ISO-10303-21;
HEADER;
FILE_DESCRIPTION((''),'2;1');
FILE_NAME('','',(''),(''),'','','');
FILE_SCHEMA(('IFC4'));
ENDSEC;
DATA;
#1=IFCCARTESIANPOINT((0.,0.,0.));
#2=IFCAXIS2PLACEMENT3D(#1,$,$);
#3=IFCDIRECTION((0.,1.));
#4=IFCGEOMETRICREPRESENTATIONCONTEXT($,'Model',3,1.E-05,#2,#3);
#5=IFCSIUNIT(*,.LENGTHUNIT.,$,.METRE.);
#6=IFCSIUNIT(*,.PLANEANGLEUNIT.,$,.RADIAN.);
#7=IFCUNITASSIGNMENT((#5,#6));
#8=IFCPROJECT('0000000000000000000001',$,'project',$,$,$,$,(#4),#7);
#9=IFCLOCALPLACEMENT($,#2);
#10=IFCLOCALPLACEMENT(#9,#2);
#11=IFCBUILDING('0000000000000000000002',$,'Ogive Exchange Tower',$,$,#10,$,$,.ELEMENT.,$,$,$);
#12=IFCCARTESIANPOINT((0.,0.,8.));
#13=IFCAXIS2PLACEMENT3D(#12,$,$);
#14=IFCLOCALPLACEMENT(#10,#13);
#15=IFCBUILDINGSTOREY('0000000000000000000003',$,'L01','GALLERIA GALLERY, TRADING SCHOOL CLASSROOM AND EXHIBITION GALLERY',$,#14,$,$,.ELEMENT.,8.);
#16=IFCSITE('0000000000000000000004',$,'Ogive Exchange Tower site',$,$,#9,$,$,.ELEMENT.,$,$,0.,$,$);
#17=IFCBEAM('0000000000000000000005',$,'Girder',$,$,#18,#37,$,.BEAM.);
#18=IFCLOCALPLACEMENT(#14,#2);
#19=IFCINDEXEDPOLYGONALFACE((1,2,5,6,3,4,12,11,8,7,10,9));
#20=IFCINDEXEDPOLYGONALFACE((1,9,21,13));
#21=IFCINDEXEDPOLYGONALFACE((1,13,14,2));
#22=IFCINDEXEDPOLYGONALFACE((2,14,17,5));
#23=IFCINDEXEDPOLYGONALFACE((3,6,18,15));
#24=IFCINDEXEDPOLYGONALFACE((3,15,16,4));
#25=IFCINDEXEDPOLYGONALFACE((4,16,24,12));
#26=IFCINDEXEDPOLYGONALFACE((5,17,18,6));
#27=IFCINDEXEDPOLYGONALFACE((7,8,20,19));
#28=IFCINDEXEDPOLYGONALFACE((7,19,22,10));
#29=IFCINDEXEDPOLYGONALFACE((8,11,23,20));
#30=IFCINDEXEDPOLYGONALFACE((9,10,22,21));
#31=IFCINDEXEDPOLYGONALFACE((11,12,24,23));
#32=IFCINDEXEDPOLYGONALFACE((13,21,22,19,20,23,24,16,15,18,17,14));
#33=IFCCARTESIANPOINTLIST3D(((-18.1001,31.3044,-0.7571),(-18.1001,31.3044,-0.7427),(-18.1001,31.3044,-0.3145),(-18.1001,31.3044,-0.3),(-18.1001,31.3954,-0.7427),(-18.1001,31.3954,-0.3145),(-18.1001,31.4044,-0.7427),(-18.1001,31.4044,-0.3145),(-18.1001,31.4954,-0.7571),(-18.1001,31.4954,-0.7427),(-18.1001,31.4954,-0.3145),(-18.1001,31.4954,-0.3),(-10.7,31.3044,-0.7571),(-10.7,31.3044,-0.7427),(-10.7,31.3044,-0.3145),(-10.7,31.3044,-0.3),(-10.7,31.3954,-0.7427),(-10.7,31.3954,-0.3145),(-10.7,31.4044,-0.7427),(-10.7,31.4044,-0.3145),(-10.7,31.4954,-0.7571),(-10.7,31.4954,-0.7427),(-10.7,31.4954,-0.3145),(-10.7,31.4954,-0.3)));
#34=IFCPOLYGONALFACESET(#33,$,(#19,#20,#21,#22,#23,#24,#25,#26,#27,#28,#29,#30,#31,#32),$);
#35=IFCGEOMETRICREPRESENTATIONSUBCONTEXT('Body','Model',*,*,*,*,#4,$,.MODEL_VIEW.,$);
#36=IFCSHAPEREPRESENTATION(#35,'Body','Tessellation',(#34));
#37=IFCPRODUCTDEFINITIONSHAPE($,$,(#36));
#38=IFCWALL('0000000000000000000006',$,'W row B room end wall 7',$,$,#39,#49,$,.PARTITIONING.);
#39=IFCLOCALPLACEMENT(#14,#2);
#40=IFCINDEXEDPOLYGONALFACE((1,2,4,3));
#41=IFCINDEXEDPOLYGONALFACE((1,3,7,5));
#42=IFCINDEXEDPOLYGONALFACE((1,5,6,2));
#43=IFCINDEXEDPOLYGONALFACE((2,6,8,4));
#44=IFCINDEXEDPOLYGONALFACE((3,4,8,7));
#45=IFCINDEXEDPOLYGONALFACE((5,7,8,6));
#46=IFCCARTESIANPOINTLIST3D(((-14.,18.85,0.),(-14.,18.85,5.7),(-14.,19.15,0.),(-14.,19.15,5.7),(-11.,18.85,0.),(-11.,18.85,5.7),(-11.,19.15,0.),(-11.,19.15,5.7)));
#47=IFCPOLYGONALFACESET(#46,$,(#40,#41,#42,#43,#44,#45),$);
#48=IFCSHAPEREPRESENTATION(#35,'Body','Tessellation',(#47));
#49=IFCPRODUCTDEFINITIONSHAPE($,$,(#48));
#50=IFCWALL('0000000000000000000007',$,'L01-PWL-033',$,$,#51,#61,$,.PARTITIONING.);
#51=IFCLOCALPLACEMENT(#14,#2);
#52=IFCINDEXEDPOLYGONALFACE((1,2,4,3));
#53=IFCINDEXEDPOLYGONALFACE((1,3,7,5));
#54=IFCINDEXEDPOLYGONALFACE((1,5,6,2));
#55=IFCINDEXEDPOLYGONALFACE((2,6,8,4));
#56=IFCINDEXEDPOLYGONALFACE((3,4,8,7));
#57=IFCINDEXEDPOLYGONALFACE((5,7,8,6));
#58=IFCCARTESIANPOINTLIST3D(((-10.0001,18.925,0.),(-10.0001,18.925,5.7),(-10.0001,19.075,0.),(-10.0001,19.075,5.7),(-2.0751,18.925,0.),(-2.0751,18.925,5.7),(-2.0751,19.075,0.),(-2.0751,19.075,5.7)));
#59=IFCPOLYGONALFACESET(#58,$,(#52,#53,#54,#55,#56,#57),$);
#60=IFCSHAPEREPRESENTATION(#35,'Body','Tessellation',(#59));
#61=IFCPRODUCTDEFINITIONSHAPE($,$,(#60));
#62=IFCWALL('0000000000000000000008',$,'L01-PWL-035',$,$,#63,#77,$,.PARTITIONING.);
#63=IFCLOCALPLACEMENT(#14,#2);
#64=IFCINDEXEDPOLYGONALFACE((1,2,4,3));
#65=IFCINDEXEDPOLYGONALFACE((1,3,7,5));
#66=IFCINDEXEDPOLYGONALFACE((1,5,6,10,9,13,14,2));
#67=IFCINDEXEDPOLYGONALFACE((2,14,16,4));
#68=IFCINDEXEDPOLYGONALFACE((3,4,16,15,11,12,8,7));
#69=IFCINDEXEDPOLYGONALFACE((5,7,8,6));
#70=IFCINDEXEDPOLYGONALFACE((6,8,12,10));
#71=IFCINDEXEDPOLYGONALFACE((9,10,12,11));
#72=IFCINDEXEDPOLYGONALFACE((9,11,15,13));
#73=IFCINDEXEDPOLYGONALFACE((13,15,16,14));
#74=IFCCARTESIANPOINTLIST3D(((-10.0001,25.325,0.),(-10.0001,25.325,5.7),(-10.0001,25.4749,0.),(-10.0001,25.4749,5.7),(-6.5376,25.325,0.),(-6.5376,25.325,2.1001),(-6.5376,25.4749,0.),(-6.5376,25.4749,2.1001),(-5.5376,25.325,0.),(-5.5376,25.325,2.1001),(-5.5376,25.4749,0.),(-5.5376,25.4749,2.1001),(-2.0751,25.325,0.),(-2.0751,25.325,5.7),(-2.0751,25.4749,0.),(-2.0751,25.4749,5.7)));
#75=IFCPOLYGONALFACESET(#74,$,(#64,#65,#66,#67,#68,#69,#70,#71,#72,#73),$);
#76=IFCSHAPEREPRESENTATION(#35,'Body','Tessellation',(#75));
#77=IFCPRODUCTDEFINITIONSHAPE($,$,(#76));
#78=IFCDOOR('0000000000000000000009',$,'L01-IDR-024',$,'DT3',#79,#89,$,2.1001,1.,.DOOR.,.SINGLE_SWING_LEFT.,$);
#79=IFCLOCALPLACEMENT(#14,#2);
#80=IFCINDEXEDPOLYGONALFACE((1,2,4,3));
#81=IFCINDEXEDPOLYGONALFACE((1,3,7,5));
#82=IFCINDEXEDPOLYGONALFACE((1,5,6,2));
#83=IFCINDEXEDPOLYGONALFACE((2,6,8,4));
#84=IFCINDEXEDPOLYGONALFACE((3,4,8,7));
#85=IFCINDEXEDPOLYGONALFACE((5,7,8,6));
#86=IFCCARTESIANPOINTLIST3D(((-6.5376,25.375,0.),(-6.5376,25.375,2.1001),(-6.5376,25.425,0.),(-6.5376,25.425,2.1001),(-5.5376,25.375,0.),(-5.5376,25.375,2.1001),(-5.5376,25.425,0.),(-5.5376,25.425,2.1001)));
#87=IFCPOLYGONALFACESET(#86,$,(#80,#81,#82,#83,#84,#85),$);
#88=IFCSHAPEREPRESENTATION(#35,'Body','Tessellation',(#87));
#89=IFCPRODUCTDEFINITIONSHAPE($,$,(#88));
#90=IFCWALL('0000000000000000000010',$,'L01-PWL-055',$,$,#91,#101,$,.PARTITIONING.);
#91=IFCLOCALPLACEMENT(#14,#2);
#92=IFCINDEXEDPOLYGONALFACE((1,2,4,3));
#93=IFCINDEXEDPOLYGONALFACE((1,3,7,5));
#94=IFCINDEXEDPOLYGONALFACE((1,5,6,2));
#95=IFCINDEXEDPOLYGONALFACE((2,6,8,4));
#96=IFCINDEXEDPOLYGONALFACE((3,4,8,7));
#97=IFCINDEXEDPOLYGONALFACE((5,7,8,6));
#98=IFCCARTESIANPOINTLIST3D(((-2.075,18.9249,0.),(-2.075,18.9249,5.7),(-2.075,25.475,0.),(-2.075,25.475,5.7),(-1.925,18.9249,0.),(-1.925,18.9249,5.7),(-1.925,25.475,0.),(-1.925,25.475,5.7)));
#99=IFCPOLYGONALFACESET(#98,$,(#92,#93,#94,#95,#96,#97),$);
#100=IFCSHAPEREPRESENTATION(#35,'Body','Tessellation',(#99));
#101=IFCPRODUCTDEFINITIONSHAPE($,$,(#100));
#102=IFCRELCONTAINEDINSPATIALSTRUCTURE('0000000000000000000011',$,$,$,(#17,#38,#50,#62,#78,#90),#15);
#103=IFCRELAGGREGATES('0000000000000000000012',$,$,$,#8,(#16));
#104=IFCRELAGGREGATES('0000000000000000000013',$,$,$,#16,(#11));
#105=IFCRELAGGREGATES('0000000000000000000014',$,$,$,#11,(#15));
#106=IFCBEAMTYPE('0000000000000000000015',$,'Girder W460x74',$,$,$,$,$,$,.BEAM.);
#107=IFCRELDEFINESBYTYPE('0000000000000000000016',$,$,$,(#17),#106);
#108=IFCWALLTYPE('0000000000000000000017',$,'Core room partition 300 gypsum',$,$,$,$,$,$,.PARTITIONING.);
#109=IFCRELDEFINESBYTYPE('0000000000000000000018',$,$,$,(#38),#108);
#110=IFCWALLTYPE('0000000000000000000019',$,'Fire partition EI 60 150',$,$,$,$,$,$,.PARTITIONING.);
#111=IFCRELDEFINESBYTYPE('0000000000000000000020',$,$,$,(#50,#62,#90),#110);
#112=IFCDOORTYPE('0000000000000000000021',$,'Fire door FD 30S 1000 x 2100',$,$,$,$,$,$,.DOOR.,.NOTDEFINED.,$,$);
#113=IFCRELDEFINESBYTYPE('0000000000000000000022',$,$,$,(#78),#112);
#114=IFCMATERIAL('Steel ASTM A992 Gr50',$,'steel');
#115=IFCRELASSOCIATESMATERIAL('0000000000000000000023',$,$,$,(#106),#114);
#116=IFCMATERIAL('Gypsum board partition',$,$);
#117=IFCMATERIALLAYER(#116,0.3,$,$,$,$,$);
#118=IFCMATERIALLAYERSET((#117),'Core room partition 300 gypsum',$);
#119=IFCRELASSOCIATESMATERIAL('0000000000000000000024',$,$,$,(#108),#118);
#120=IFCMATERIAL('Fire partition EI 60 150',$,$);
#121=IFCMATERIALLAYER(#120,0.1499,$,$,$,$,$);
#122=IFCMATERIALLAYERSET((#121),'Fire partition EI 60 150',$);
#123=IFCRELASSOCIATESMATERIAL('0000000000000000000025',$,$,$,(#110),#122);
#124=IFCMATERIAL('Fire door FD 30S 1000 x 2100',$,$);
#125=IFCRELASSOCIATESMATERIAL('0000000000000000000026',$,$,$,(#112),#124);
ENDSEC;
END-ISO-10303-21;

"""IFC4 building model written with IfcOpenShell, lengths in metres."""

from ifc_helpers import new_model, si_unit, direction, frame, frame_2d, origin, origin_2d, place, context, subcontext, project, spatial, rectangle, i_section, extrude, material, layer, layer_set, material_profile, profile_set, type_object, element, fill, save


model = new_model("IFC4")

# Units and contexts
model_context = context("Model", 3, precision=1e-05, world=origin(), true_north=direction((0.0, 1.0)))
body_context = subcontext(model_context, "Body", "Model", "MODEL_VIEW")
ifc_project = project(units=[si_unit("LENGTHUNIT", "METRE"), si_unit("PLANEANGLEUNIT", "RADIAN")], contexts=[model_context])

# Site, building, storey
site_placement = place(None, origin())
site = spatial("IfcSite", under=ifc_project, at=site_placement, Name="Ogive Exchange Tower site", CompositionType="ELEMENT", RefElevation=0.0)
building_placement = place(site_placement, origin())
building = spatial("IfcBuilding", under=site, at=building_placement, Name="Ogive Exchange Tower", CompositionType="ELEMENT")
storey_placement = place(building_placement, frame((0.0, 0.0, 8.0)))
storey = spatial("IfcBuildingStorey", under=building, at=storey_placement, Name="L01", Description="GALLERIA GALLERY, TRADING SCHOOL CLASSROOM AND EXHIBITION GALLERY", CompositionType="ELEMENT", Elevation=8.0)

# Beam
ifc_material_1 = material(Name="Steel ASTM A992 Gr50", Category="steel")
ifc_material_profile_1 = material_profile(ifc_material_1, i_section(OverallWidth=0.1909, OverallDepth=0.457, WebThickness=0.009, FlangeThickness=0.0144, at=origin_2d()), Name="W460x74")
ifc_profile_set_1 = profile_set([ifc_material_profile_1], Name="Steel ASTM A992 Gr50")
beam_type_1 = type_object("IfcBeamType", Name="Girder W460x74", PredefinedType="BEAM", material=ifc_profile_set_1)
beam_1_placement = place(storey_placement, frame((-10.7, 31.3999, -0.5286), z_axis=(-1.0, 0.0, 0.0), x_axis=(0.0, -1.0, 0.0)))
element("IfcBeam", 1, at=beam_1_placement, inside=storey, type_object=beam_type_1, Name="Girder", PredefinedType="BEAM", context=body_context, shape_type="SweptSolid", body=[
    extrude(i_section(OverallWidth=0.1909, OverallDepth=0.457, WebThickness=0.009, FlangeThickness=0.0144, at=origin_2d()), origin(), (0.0, 0.0, 1.0), 7.4001),
])

# Walls
ifc_material_2 = material(Name="Gypsum board partition")
ifc_layer_1 = layer(ifc_material_2, 0.3)
ifc_layer_set_1 = layer_set([ifc_layer_1], Name="Core room partition 300 gypsum")
wall_type_1 = type_object("IfcWallType", Name="Core room partition 300 gypsum", PredefinedType="PARTITIONING", material=ifc_layer_set_1)
wall_1_placement = place(storey_placement, frame((-14.0, 19.0, 0.0), z_axis=(0.0, 0.0, 1.0), x_axis=(1.0, 0.0, 0.0)))
element("IfcWall", 2, at=wall_1_placement, inside=storey, type_object=wall_type_1, Name="W row B room end wall 7", PredefinedType="PARTITIONING", context=body_context, shape_type="SweptSolid", body=[
    extrude(rectangle(XDim=3.0, YDim=0.3, at=frame_2d((1.5, 0.0))), origin(), (0.0, 0.0, 1.0), 5.7),
])
ifc_material_3 = material(Name="Fire partition EI 60 150")
ifc_layer_2 = layer(ifc_material_3, 0.1499)
ifc_layer_set_2 = layer_set([ifc_layer_2], Name="Fire partition EI 60 150")
wall_type_2 = type_object("IfcWallType", Name="Fire partition EI 60 150", PredefinedType="PARTITIONING", material=ifc_layer_set_2)
wall_2_placement = place(storey_placement, frame((-10.0, 19.0, 0.0), z_axis=(0.0, 0.0, 1.0), x_axis=(1.0, 0.0, 0.0)))
element("IfcWall", 3, at=wall_2_placement, inside=storey, type_object=wall_type_2, Name="L01-PWL-033", PredefinedType="PARTITIONING", context=body_context, shape_type="SweptSolid", body=[
    extrude(rectangle(XDim=7.925, YDim=0.1499, at=frame_2d((3.9624, 0.0))), origin(), (0.0, 0.0, 1.0), 5.7),
])

# Wall, opening, door
wall_3_placement = place(storey_placement, frame((-10.0, 25.3999, 0.0), z_axis=(0.0, 0.0, 1.0), x_axis=(1.0, 0.0, 0.0)))
wall_3 = element("IfcWall", 4, at=wall_3_placement, inside=storey, type_object=wall_type_2, Name="L01-PWL-035", PredefinedType="PARTITIONING", context=body_context, shape_type="SweptSolid", body=[
    extrude(rectangle(XDim=7.925, YDim=0.1499, at=frame_2d((3.9624, 0.0))), origin(), (0.0, 0.0, 1.0), 5.7),
])
opening_1_placement = place(wall_3_placement, frame((3.4624, 0.0, 0.0)))
opening_1 = element("IfcOpeningElement", 5, at=opening_1_placement, cuts=wall_3, PredefinedType="OPENING", context=body_context, shape_type="SweptSolid", body=[
    extrude(rectangle(XDim=1.0, YDim=2.1001, at=frame_2d((0.5, 1.05))), frame((0.0, 0.085, 0.0), z_axis=(0.0, -1.0, 0.0), x_axis=(1.0, 0.0, 0.0)), (0.0, 0.0, 1.0), 0.1699),
])
ifc_material_4 = material(Name="Fire door FD 30S 1000 x 2100")
door_type_1 = type_object("IfcDoorType", Name="Fire door FD 30S 1000 x 2100", OperationType="NOTDEFINED", PredefinedType="DOOR", material=ifc_material_4)
door_1_placement = place(opening_1_placement, frame((1.0, 0.0, 0.0), z_axis=(0.0, 0.0, 1.0), x_axis=(-1.0, 0.0, 0.0)))
door_1 = element("IfcDoor", 6, at=door_1_placement, inside=storey, type_object=door_type_1, Name="L01-IDR-024", ObjectType="DT3", OperationType="SINGLE_SWING_LEFT", OverallHeight=2.1001, OverallWidth=1.0, PredefinedType="DOOR", context=body_context, shape_type="SweptSolid", body=[
    extrude(rectangle(XDim=1.0, YDim=2.1001, at=frame_2d((0.5, 1.05))), frame((0.0, 0.0249, 0.0), z_axis=(0.0, -1.0, 0.0), x_axis=(1.0, 0.0, 0.0)), (0.0, 0.0, 1.0), 0.05),
])
fill(opening_1, door_1)

# Wall
wall_4_placement = place(storey_placement, frame((-2.0, 18.925, 0.0), z_axis=(0.0, 0.0, 1.0), x_axis=(0.0, 1.0, 0.0)))
element("IfcWall", 7, at=wall_4_placement, inside=storey, type_object=wall_type_2, Name="L01-PWL-055", PredefinedType="PARTITIONING", context=body_context, shape_type="SweptSolid", body=[
    extrude(rectangle(XDim=6.55, YDim=0.1499, at=frame_2d((3.2749, 0.0))), origin(), (0.0, 0.0, 1.0), 5.7),
])

save(model, "model.ifc")
